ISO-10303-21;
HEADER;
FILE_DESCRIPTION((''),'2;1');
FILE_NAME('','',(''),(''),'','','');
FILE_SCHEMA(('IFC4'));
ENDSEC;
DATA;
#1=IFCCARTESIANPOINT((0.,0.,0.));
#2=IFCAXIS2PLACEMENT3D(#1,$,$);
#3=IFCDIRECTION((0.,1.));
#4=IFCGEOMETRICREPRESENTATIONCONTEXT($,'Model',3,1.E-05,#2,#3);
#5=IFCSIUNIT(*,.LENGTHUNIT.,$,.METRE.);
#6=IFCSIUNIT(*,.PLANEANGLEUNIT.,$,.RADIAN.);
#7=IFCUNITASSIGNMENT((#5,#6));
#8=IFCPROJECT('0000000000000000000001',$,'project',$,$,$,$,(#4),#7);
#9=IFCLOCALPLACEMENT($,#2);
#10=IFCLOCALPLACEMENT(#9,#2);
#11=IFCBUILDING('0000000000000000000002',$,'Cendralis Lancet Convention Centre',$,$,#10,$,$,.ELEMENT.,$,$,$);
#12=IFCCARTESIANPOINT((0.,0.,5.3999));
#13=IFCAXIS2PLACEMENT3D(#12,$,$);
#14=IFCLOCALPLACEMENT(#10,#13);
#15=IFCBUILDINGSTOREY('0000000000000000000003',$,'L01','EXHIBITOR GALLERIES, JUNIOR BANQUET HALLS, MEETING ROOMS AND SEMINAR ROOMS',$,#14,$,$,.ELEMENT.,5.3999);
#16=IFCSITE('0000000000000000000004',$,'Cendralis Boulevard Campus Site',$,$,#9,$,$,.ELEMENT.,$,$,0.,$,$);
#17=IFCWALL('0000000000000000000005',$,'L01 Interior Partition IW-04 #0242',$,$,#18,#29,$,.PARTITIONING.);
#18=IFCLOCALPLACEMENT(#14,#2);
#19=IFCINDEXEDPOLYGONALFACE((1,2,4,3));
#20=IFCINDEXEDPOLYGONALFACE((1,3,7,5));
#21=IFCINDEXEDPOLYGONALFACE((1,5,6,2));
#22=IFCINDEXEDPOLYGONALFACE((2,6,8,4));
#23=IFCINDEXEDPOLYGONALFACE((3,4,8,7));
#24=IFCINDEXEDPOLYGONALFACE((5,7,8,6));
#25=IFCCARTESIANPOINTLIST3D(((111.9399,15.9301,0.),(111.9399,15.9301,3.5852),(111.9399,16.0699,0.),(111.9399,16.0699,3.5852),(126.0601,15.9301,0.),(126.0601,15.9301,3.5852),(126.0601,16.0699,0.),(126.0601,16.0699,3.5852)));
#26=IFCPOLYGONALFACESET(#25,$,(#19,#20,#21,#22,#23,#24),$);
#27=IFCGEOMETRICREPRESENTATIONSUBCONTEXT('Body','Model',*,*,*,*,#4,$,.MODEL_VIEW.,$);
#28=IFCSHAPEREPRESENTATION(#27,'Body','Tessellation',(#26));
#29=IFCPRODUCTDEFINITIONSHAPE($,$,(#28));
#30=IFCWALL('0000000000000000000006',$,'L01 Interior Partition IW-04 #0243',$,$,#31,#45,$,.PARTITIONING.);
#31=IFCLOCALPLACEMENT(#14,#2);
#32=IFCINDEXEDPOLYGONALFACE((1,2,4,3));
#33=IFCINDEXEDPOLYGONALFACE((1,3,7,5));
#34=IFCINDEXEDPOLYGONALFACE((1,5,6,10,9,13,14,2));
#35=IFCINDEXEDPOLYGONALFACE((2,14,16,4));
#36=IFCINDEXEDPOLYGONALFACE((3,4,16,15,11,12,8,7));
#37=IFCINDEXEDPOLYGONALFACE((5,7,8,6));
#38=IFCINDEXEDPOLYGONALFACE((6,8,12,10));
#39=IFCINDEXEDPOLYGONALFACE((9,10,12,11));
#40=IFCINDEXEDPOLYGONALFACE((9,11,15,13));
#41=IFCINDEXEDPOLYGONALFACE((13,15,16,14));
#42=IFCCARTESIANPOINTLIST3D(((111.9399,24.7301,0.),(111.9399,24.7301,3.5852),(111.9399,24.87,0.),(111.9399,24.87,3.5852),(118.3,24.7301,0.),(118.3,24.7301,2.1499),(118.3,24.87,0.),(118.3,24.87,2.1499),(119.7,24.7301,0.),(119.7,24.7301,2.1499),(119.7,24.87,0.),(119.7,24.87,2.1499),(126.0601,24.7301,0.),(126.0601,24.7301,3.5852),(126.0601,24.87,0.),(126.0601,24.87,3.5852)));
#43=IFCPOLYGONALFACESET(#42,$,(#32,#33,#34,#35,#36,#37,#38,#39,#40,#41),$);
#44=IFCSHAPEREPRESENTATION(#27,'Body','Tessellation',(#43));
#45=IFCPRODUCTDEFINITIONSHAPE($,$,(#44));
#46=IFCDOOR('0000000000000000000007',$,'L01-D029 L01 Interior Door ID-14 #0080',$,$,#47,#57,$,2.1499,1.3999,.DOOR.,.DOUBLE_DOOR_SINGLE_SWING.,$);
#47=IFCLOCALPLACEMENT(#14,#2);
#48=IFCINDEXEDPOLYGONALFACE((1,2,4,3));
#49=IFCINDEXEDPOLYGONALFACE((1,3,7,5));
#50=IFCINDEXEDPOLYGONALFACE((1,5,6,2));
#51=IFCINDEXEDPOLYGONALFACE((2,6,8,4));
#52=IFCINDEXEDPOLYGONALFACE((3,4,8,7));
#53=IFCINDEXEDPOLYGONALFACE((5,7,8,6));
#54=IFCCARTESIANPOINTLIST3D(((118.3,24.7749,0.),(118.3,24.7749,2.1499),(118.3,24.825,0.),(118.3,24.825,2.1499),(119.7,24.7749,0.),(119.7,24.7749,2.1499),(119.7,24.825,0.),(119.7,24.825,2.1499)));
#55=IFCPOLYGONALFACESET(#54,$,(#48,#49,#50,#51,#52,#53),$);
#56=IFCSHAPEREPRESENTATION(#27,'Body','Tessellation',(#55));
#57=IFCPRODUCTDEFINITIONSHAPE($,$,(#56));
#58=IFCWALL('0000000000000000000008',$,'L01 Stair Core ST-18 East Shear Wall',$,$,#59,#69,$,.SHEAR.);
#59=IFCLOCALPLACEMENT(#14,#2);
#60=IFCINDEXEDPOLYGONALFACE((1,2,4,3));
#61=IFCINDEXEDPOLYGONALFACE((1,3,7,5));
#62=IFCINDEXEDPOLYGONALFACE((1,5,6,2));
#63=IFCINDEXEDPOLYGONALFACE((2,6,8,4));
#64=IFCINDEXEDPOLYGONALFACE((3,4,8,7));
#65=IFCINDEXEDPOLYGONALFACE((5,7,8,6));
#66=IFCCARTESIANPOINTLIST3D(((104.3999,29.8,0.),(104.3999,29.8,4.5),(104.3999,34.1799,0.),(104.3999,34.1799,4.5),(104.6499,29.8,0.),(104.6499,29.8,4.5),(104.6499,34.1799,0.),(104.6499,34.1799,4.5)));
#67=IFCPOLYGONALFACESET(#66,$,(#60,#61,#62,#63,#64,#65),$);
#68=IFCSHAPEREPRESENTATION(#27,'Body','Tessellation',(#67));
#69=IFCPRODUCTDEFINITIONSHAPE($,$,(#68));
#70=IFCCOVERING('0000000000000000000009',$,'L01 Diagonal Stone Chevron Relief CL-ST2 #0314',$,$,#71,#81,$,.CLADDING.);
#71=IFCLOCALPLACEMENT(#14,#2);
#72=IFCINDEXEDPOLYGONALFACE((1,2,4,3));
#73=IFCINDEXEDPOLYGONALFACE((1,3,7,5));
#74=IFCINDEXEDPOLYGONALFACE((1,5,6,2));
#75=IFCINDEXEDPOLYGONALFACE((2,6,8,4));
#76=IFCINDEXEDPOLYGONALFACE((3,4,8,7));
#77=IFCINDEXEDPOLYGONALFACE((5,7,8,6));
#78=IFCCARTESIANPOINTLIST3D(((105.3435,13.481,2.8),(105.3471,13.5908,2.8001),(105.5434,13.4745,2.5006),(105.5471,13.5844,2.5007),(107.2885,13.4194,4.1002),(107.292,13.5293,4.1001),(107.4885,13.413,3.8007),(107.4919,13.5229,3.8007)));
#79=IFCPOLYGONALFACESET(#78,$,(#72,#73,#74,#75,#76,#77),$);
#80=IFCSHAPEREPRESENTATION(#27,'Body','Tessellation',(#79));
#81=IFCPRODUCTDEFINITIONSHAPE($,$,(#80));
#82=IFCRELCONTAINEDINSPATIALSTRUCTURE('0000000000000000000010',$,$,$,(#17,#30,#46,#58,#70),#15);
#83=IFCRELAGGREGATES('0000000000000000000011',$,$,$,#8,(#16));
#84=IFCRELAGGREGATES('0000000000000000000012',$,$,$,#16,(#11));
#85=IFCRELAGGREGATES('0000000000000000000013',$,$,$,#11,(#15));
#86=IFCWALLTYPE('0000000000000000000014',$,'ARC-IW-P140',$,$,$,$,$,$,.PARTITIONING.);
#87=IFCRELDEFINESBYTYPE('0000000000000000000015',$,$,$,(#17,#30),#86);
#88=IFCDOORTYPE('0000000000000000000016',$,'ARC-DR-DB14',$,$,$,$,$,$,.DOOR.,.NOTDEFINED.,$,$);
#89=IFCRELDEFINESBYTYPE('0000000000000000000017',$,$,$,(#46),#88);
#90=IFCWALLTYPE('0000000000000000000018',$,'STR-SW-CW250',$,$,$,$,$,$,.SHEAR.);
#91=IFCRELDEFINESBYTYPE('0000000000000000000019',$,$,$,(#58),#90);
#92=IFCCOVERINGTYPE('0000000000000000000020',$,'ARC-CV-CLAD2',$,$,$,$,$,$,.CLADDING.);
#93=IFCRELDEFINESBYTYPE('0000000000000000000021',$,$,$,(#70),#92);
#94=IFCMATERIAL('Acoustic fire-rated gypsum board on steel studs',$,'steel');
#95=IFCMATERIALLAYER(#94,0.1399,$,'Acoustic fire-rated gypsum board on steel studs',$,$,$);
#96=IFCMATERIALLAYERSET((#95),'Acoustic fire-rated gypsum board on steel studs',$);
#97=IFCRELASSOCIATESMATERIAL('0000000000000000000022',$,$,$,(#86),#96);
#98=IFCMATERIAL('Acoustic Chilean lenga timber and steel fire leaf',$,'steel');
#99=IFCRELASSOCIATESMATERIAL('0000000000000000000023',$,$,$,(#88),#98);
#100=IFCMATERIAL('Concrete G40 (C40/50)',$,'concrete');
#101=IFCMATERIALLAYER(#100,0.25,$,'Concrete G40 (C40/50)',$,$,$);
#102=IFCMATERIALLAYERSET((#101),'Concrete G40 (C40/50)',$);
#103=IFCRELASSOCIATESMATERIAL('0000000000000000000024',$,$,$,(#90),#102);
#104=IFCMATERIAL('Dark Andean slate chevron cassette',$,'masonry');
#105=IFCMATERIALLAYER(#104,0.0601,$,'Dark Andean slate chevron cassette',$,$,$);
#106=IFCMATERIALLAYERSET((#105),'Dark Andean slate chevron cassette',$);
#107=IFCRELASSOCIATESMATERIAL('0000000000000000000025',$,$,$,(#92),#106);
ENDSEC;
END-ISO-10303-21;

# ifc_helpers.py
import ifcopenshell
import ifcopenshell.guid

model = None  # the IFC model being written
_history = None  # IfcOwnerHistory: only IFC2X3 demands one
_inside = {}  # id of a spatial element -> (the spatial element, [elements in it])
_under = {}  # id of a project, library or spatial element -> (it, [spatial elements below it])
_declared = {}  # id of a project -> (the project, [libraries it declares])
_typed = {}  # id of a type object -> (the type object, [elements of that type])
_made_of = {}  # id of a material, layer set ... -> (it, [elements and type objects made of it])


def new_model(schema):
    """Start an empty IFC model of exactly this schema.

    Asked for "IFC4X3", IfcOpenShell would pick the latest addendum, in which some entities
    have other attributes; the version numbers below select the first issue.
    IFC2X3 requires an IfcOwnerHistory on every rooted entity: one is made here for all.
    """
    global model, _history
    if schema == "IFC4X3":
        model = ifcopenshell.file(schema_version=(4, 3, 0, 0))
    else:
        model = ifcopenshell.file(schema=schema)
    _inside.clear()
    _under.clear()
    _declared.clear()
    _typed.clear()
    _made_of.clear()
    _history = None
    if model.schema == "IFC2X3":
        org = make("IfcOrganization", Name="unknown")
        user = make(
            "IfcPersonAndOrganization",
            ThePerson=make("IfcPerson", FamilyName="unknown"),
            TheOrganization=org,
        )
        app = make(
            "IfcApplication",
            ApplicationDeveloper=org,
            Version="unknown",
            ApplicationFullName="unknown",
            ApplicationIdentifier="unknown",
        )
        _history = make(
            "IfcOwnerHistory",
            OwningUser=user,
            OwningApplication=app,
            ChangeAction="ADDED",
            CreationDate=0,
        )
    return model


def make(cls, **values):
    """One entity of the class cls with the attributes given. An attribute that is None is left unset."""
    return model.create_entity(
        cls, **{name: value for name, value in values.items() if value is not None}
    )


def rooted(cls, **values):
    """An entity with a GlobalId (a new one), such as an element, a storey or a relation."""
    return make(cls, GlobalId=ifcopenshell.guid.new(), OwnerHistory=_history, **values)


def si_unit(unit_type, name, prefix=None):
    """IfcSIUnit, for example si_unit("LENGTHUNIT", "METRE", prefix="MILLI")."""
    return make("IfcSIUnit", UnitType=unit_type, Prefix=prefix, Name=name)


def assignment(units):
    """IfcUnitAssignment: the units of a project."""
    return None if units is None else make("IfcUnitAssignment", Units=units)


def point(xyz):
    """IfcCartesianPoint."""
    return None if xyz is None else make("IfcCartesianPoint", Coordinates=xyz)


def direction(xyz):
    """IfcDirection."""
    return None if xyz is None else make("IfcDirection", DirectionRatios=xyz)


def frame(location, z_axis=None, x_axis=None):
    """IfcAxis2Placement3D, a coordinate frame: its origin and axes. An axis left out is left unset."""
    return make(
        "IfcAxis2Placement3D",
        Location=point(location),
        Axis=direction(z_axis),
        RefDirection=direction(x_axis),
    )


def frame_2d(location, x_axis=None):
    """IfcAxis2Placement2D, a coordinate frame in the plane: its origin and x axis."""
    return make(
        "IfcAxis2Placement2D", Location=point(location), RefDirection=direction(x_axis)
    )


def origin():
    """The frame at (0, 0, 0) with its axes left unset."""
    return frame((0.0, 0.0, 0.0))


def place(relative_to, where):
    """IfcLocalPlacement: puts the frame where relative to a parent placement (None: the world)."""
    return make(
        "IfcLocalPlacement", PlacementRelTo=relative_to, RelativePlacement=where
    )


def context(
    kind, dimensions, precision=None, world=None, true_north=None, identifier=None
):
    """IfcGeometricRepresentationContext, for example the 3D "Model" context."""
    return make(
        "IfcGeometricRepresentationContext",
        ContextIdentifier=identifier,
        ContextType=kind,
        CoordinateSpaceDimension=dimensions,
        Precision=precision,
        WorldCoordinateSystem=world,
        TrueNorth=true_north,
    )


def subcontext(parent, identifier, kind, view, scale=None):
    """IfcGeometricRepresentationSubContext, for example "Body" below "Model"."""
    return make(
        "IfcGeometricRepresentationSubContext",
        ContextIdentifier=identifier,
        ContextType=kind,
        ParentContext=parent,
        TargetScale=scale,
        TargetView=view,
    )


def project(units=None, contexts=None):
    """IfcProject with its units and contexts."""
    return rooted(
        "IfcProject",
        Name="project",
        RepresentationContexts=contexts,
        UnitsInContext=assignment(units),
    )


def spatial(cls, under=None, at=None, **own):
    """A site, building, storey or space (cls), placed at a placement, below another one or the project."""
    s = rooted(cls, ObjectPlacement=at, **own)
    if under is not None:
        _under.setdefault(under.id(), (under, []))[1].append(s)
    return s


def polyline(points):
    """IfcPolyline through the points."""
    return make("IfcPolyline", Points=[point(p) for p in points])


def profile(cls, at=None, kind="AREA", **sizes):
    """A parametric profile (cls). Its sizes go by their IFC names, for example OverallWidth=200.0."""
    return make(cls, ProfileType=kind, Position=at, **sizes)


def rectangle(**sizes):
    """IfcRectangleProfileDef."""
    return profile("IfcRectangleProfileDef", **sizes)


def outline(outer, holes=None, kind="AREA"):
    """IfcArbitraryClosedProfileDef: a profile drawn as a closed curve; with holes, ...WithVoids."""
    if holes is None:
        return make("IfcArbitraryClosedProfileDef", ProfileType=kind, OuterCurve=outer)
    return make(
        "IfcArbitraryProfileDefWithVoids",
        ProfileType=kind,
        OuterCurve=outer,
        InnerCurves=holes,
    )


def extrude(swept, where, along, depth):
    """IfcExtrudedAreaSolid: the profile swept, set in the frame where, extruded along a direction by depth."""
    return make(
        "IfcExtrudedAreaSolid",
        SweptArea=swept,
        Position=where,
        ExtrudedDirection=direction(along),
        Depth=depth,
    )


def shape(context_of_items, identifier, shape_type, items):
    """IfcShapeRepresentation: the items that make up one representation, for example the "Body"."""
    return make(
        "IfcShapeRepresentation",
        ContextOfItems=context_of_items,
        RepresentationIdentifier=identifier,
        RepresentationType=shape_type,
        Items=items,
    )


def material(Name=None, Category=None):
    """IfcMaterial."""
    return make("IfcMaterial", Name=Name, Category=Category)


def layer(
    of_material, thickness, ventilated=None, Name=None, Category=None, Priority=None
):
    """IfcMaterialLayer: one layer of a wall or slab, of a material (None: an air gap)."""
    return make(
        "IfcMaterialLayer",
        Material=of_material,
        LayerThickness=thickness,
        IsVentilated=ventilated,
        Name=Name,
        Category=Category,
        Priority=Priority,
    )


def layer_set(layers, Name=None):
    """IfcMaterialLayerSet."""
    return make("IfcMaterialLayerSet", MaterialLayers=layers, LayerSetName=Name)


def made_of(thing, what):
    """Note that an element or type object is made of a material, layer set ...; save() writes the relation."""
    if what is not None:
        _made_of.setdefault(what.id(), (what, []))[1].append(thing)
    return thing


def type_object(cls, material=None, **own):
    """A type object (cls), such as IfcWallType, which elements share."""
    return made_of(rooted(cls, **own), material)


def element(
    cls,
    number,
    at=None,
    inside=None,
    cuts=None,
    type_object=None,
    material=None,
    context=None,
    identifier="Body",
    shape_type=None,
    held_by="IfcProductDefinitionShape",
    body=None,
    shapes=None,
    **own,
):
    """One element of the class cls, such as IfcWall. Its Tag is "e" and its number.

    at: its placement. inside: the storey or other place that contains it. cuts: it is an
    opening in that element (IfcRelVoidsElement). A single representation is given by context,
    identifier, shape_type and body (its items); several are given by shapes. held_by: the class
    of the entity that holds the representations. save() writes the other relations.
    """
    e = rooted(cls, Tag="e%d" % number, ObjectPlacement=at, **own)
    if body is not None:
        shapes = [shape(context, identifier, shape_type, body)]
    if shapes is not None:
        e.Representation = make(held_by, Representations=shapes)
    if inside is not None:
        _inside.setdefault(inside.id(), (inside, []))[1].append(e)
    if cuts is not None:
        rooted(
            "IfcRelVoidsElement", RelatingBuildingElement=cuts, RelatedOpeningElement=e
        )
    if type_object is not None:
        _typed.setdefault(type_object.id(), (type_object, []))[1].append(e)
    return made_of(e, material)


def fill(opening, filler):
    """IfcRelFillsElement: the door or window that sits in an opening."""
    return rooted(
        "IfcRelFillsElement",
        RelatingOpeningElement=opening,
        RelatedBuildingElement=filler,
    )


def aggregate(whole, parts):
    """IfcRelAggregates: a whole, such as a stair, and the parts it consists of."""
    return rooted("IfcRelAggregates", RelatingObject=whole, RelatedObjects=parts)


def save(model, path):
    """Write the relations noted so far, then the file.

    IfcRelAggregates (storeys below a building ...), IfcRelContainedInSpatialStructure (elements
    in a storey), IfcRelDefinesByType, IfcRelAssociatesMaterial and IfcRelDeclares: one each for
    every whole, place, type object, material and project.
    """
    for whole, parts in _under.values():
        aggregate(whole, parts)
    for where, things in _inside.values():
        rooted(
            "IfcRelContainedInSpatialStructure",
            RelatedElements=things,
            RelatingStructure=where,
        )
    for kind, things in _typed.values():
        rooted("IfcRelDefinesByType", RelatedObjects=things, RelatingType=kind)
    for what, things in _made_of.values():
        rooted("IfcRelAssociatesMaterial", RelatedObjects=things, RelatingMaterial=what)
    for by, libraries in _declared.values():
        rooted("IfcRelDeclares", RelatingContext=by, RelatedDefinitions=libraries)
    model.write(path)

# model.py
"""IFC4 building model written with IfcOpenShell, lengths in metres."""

from ifc_helpers import new_model, si_unit, direction, frame, frame_2d, origin, place, context, subcontext, project, spatial, polyline, rectangle, outline, extrude, material, layer, layer_set, type_object, element, fill, save


model = new_model("IFC4")

# Units and contexts
model_context = context("Model", 3, precision=1e-05, world=origin(), true_north=direction((0.0, 1.0)))
body_context = subcontext(model_context, "Body", "Model", "MODEL_VIEW")
ifc_project = project(units=[si_unit("LENGTHUNIT", "METRE"), si_unit("PLANEANGLEUNIT", "RADIAN")], contexts=[model_context])

# Site, building, storey
site_placement = place(None, origin())
site = spatial("IfcSite", under=ifc_project, at=site_placement, Name="Cendralis Boulevard Campus Site", CompositionType="ELEMENT", RefElevation=0.0)
building_placement = place(site_placement, origin())
building = spatial("IfcBuilding", under=site, at=building_placement, Name="Cendralis Lancet Convention Centre", CompositionType="ELEMENT")
storey_placement = place(building_placement, frame((0.0, 0.0, 5.3999)))
storey = spatial("IfcBuildingStorey", under=building, at=storey_placement, Name="L01", Description="EXHIBITOR GALLERIES, JUNIOR BANQUET HALLS, MEETING ROOMS AND SEMINAR ROOMS", CompositionType="ELEMENT", Elevation=5.3999)

# Shared definitions
ifc_material_1 = material(Name="Concrete G40 (C40/50)", Category="concrete")

# Wall
ifc_material_2 = material(Name="Acoustic fire-rated gypsum board on steel studs", Category="steel")
ifc_layer_1 = layer(ifc_material_2, 0.1399, Name="Acoustic fire-rated gypsum board on steel studs")
ifc_layer_set_1 = layer_set([ifc_layer_1], Name="Acoustic fire-rated gypsum board on steel studs")
wall_type_1 = type_object("IfcWallType", Name="ARC-IW-P140", PredefinedType="PARTITIONING", material=ifc_layer_set_1)
wall_1_placement = place(storey_placement, frame((111.9399, 16.0, 0.0), z_axis=(0.0, 0.0, 1.0), x_axis=(1.0, 0.0, 0.0)))
element("IfcWall", 1, at=wall_1_placement, inside=storey, type_object=wall_type_1, Name="L01 Interior Partition IW-04 #0242", PredefinedType="PARTITIONING", context=body_context, shape_type="SweptSolid", body=[
    extrude(rectangle(XDim=14.1201, YDim=0.1399, at=frame_2d((7.0601, 0.0))), origin(), (0.0, 0.0, 1.0), 3.5852),
])

# Wall, opening, door
wall_2_placement = place(storey_placement, frame((111.9399, 24.8, 0.0), z_axis=(0.0, 0.0, 1.0), x_axis=(1.0, 0.0, 0.0)))
wall_2 = element("IfcWall", 2, at=wall_2_placement, inside=storey, type_object=wall_type_1, Name="L01 Interior Partition IW-04 #0243", PredefinedType="PARTITIONING", context=body_context, shape_type="SweptSolid", body=[
    extrude(rectangle(XDim=14.1201, YDim=0.1399, at=frame_2d((7.0601, 0.0))), origin(), (0.0, 0.0, 1.0), 3.5852),
])
opening_placement = place(wall_2_placement, frame((6.3601, 0.0, 0.0)))
opening = element("IfcOpeningElement", 3, at=opening_placement, cuts=wall_2, PredefinedType="OPENING", context=body_context, shape_type="SweptSolid", body=[
    extrude(rectangle(XDim=1.3999, YDim=2.1499, at=frame_2d((0.7, 1.075))), frame((0.0, 0.0798, 0.0), z_axis=(0.0, -1.0, 0.0), x_axis=(1.0, 0.0, 0.0)), (0.0, 0.0, 1.0), 0.1599),
])
ifc_material_3 = material(Name="Acoustic Chilean lenga timber and steel fire leaf", Category="steel")
door_type = type_object("IfcDoorType", Name="ARC-DR-DB14", OperationType="NOTDEFINED", PredefinedType="DOOR", material=ifc_material_3)
door_placement = place(opening_placement, origin())
door = element("IfcDoor", 4, at=door_placement, inside=storey, type_object=door_type, Name="L01-D029 L01 Interior Door ID-14 #0080", OperationType="DOUBLE_DOOR_SINGLE_SWING", OverallHeight=2.1499, OverallWidth=1.3999, PredefinedType="DOOR", context=body_context, shape_type="SweptSolid", body=[
    extrude(rectangle(XDim=1.3999, YDim=2.1499, at=frame_2d((0.7, 1.075))), frame((0.0, 0.0249, 0.0), z_axis=(0.0, -1.0, 0.0), x_axis=(1.0, 0.0, 0.0)), (0.0, 0.0, 1.0), 0.05),
])
fill(opening, door)

# Wall
ifc_layer_2 = layer(ifc_material_1, 0.25, Name="Concrete G40 (C40/50)")
ifc_layer_set_2 = layer_set([ifc_layer_2], Name="Concrete G40 (C40/50)")
wall_type_2 = type_object("IfcWallType", Name="STR-SW-CW250", PredefinedType="SHEAR", material=ifc_layer_set_2)
wall_3_placement = place(storey_placement, frame((104.5249, 29.8, 0.0), z_axis=(0.0, 0.0, 1.0), x_axis=(0.0, 1.0, 0.0)))
element("IfcWall", 5, at=wall_3_placement, inside=storey, type_object=wall_type_2, Name="L01 Stair Core ST-18 East Shear Wall", PredefinedType="SHEAR", context=body_context, shape_type="SweptSolid", body=[
    extrude(rectangle(XDim=4.3799, YDim=0.25, at=frame_2d((2.1899, 0.0))), origin(), (0.0, 0.0, 1.0), 4.5),
])

# Covering
ifc_material_4 = material(Name="Dark Andean slate chevron cassette", Category="masonry")
ifc_layer_3 = layer(ifc_material_4, 0.0601, Name="Dark Andean slate chevron cassette")
ifc_layer_set_3 = layer_set([ifc_layer_3], Name="Dark Andean slate chevron cassette")
covering_type = type_object("IfcCoveringType", Name="ARC-CV-CLAD2", PredefinedType="CLADDING", material=ifc_layer_set_3)
covering_placement = place(storey_placement, frame((105.3435, 13.481, 2.8), z_axis=(-0.555231, 0.017891, 0.831504), x_axis=(0.831088, -0.026288, 0.555519)))
element("IfcCovering", 6, at=covering_placement, inside=storey, type_object=covering_type, Name="L01 Diagonal Stone Chevron Relief CL-ST2 #0314", PredefinedType="CLADDING", context=body_context, shape_type="SweptSolid", body=[
    extrude(outline(polyline([(0.0, 0.0), (2.3403, 0.0), (2.3403, 0.1099), (0.0002, 0.1099), (0.0, 0.0)])), origin(), (0.0, 0.0, -1.0), 0.3601),
])

save(model, "model.ifc")
